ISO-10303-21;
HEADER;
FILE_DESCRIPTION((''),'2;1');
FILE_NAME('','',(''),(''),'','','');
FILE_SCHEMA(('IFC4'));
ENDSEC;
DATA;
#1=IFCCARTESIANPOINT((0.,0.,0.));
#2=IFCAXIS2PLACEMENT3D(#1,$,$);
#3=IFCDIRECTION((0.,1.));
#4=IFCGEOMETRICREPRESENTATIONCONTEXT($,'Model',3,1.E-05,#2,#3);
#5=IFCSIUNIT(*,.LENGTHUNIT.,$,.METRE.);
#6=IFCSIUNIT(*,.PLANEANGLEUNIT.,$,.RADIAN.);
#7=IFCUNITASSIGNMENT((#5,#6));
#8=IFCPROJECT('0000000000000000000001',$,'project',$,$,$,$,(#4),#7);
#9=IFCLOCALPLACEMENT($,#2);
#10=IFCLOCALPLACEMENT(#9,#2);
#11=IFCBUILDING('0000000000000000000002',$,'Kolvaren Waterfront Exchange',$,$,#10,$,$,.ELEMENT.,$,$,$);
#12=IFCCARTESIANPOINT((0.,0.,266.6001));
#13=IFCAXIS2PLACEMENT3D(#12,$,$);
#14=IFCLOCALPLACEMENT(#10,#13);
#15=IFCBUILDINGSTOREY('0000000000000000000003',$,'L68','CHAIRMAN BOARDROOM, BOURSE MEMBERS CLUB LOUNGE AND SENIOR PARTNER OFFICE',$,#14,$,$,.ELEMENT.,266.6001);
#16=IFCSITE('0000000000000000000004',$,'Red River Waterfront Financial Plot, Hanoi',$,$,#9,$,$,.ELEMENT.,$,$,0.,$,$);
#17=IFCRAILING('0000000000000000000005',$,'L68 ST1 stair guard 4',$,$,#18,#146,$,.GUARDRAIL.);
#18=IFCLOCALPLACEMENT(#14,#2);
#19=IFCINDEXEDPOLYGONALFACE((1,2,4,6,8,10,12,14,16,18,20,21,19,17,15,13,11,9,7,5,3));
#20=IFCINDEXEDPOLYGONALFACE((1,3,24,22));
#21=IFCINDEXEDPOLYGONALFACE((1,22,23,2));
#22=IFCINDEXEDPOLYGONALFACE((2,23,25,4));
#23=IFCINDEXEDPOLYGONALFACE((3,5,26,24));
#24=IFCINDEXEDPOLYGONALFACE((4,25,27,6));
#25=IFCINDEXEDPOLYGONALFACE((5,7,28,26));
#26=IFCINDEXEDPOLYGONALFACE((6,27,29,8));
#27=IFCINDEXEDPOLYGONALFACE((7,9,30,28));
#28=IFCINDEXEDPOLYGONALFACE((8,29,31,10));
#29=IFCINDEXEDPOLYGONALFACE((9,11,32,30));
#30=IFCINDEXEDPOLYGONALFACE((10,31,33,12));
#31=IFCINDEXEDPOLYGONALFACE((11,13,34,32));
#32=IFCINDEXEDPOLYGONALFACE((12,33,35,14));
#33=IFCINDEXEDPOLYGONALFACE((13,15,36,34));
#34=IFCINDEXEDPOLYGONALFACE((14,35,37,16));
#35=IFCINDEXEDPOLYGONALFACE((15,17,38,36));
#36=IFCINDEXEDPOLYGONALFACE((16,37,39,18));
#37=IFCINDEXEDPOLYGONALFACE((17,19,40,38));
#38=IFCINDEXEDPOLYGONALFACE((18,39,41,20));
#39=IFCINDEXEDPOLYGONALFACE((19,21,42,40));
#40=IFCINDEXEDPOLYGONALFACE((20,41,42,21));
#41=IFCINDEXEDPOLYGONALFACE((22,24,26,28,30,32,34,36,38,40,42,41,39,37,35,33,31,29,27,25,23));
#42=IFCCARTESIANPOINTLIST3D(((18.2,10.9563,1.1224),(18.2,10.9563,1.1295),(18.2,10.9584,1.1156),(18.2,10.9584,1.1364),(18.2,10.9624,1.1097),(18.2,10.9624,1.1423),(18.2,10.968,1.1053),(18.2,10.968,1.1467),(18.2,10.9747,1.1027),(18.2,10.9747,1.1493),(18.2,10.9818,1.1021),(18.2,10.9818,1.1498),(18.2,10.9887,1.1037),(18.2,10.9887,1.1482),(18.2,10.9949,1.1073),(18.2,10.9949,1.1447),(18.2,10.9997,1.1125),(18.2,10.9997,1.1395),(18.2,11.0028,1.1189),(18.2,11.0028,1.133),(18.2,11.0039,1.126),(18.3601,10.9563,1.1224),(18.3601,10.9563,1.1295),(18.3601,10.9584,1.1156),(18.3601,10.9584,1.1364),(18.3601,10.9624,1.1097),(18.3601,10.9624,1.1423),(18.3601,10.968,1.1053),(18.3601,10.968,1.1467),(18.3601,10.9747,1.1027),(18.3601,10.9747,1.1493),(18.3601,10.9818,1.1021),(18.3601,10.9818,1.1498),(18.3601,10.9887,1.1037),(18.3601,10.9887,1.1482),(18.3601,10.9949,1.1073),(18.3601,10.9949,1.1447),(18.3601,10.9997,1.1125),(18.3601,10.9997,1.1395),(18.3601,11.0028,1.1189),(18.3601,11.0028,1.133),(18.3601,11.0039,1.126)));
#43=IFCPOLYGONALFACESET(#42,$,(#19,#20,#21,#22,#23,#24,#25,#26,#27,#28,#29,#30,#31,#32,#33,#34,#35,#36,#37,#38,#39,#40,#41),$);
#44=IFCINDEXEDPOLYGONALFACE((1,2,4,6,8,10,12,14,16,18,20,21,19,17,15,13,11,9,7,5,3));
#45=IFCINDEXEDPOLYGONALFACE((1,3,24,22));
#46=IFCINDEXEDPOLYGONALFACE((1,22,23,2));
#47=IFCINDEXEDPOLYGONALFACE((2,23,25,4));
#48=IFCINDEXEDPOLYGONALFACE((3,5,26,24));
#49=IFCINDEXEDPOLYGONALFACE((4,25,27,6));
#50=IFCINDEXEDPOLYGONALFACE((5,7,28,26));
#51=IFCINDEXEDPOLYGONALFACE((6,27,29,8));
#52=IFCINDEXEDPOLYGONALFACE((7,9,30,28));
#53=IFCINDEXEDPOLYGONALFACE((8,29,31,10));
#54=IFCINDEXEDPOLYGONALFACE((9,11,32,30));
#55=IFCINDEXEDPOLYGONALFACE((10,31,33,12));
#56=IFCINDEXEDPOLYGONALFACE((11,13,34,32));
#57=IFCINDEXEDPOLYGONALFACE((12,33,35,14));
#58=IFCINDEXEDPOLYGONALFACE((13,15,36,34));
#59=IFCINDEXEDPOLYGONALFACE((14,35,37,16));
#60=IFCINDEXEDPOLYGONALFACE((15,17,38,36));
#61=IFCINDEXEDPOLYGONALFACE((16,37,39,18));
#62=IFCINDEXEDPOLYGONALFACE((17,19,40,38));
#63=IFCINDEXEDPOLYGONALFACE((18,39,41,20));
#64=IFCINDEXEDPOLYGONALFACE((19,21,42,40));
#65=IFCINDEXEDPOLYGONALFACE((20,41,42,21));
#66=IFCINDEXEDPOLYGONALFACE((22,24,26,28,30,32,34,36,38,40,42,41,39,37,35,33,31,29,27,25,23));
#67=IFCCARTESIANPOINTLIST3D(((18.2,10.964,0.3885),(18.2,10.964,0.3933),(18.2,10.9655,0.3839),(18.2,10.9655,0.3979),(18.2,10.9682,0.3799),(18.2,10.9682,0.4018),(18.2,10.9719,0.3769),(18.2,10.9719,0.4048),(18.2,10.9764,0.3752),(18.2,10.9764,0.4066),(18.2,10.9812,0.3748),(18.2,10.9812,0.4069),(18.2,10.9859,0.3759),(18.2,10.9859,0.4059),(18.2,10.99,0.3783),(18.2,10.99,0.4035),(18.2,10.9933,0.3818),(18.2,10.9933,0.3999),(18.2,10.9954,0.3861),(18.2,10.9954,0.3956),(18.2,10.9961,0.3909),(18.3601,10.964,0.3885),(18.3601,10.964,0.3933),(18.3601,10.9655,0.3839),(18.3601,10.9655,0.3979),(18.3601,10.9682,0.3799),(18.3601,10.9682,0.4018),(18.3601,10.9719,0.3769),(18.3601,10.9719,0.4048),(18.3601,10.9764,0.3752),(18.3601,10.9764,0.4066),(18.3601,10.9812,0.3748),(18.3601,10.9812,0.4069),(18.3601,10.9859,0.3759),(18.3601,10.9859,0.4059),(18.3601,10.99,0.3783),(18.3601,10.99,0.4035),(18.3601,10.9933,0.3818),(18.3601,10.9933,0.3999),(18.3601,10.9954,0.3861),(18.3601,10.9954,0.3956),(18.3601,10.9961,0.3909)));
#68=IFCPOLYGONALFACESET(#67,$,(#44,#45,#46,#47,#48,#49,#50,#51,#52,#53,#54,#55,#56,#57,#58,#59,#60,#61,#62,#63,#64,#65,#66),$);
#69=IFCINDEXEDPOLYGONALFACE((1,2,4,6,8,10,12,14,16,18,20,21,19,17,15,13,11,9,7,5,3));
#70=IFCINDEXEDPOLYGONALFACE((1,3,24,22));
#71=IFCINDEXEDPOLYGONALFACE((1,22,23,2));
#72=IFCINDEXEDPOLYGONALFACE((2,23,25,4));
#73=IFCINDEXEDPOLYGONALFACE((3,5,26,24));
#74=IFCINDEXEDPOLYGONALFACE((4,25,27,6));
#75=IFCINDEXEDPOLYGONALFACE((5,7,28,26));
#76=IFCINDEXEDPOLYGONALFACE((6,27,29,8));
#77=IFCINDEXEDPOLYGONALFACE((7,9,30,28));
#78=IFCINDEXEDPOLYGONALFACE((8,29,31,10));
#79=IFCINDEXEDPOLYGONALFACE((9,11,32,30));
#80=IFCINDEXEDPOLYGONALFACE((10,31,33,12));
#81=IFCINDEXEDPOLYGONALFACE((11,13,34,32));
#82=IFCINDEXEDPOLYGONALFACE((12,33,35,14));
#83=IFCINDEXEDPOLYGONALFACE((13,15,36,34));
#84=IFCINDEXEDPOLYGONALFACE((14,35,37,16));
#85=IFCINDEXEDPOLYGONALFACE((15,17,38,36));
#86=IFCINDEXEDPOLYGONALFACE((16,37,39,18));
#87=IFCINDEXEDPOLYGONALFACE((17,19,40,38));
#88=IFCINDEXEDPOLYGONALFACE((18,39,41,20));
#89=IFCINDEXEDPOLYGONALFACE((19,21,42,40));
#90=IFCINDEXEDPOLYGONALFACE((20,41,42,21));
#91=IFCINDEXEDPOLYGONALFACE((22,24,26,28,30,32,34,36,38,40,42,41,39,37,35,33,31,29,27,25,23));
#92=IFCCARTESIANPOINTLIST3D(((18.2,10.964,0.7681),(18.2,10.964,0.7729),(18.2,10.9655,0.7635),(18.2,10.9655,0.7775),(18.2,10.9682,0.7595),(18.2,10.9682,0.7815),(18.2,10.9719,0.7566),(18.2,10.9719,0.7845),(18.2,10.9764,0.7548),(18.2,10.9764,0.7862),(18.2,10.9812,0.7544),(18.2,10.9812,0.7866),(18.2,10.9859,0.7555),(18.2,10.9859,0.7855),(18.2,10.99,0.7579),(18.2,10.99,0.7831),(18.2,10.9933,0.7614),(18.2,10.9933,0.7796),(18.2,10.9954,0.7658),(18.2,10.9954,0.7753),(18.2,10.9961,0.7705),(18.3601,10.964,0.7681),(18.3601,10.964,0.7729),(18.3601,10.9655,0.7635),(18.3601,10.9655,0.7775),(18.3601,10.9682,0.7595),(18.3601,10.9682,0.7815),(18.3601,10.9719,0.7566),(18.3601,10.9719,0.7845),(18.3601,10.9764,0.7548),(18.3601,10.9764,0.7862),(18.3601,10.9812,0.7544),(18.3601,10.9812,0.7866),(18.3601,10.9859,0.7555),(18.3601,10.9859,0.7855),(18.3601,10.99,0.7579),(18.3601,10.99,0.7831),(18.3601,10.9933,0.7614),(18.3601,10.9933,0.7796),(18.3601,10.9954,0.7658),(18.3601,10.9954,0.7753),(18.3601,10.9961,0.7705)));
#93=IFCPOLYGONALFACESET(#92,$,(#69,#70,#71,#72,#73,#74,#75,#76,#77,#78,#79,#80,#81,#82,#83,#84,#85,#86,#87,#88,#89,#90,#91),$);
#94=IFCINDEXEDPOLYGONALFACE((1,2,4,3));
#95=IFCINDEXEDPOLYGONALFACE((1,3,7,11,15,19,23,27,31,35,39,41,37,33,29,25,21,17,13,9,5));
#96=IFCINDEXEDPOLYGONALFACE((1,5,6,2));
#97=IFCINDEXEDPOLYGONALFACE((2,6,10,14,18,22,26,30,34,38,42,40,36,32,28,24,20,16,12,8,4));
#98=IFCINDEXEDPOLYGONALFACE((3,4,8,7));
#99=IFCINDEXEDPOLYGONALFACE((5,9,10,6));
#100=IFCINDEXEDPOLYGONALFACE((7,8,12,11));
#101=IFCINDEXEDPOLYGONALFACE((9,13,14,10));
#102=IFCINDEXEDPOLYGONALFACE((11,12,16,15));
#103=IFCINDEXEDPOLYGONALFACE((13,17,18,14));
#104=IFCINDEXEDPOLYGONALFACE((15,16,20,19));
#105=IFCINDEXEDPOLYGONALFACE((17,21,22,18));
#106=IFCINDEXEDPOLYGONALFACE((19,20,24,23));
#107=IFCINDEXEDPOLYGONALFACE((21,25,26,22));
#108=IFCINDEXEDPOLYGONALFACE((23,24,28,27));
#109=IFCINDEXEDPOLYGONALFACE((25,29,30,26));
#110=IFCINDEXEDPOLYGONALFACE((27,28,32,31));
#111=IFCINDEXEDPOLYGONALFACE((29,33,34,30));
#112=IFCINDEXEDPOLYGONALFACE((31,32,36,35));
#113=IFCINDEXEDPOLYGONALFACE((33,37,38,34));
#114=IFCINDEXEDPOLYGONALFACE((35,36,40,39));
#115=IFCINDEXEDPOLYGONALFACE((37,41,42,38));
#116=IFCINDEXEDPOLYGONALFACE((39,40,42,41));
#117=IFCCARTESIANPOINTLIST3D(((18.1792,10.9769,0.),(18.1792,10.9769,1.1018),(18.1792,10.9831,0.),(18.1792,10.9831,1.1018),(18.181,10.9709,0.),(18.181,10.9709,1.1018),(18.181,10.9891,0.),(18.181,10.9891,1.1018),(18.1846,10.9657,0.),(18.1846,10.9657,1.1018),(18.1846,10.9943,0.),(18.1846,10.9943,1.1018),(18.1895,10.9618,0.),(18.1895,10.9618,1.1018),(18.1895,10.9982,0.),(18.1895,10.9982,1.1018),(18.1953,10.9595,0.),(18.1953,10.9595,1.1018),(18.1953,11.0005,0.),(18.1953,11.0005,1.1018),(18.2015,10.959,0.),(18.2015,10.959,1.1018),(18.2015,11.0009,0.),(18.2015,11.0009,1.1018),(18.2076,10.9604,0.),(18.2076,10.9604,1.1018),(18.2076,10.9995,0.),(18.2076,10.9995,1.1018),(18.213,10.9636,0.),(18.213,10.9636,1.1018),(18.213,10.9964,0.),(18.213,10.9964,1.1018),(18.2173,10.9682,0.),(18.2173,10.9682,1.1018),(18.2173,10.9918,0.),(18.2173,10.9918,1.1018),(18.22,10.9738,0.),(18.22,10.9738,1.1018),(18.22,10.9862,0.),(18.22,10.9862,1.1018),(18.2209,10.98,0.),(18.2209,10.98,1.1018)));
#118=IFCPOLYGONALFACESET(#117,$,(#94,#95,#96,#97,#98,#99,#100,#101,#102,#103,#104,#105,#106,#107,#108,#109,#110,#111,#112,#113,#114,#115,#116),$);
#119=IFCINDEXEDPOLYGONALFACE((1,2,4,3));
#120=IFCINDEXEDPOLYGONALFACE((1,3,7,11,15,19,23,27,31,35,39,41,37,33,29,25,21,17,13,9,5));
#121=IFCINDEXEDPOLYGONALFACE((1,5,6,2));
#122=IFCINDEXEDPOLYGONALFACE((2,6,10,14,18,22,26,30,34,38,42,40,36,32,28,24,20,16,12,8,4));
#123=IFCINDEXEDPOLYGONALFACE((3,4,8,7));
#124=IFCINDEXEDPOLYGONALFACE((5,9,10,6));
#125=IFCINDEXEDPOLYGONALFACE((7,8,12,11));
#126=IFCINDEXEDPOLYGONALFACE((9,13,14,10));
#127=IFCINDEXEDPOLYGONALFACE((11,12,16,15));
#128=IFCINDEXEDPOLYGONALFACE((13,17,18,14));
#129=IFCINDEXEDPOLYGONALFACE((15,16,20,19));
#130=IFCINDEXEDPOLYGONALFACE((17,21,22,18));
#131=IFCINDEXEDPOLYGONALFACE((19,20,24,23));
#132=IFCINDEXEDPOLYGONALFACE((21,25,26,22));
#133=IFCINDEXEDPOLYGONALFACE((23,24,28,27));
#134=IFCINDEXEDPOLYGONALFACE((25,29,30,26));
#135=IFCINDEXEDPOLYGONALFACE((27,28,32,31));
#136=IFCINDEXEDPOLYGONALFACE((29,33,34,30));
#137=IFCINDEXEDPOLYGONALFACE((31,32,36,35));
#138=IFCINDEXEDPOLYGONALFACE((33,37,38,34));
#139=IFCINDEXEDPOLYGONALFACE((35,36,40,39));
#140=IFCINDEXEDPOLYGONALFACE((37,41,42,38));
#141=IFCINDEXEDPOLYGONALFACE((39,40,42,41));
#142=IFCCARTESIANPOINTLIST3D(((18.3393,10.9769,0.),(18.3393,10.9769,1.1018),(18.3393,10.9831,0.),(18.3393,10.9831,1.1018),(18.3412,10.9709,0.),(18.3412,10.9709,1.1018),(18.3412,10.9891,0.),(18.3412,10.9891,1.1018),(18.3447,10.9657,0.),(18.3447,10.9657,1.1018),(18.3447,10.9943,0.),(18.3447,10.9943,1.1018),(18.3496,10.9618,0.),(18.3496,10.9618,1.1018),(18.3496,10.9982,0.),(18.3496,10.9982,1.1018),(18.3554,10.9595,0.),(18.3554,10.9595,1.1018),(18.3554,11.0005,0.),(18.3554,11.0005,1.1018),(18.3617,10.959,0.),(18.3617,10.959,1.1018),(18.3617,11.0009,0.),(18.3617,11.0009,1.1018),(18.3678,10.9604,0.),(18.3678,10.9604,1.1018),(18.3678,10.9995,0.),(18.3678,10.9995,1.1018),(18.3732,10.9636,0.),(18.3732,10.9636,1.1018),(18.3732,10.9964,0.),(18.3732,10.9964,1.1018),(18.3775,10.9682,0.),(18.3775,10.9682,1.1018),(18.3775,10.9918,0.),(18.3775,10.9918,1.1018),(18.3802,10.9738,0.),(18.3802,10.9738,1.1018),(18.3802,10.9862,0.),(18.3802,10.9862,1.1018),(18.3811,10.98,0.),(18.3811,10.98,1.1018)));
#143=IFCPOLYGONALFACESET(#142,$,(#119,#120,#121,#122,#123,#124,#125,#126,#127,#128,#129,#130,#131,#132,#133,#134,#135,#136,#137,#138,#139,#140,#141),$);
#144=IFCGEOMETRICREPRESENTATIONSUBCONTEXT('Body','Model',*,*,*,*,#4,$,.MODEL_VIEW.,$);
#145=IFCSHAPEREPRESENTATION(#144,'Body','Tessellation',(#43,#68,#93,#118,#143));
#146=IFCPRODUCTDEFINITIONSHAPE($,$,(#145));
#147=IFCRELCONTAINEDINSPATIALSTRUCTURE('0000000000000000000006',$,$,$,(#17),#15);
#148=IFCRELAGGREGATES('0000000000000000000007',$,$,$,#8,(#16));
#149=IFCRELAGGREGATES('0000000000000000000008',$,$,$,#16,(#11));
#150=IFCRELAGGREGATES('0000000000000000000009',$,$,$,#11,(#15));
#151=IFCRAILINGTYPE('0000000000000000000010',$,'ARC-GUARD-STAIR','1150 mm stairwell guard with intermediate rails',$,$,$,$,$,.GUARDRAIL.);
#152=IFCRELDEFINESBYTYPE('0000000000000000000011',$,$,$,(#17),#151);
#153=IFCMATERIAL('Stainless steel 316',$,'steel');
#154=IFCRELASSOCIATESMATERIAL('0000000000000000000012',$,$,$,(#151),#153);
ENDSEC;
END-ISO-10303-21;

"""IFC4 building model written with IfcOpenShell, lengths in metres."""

from ifc_helpers import new_model, si_unit, direction, frame, origin, origin_2d, place, context, subcontext, project, spatial, circle, extrude, material, type_object, element, save


model = new_model("IFC4")

# Units and contexts
model_context = context("Model", 3, precision=1e-05, world=origin(), true_north=direction((0.0, 1.0)))
body_context = subcontext(model_context, "Body", "Model", "MODEL_VIEW")
ifc_project = project(units=[si_unit("LENGTHUNIT", "METRE"), si_unit("PLANEANGLEUNIT", "RADIAN")], contexts=[model_context])

# Site, building, storey
site_placement = place(None, origin())
site = spatial("IfcSite", under=ifc_project, at=site_placement, Name="Red River Waterfront Financial Plot, Hanoi", CompositionType="ELEMENT", RefElevation=0.0)
building_placement = place(site_placement, origin())
building = spatial("IfcBuilding", under=site, at=building_placement, Name="Kolvaren Waterfront Exchange", CompositionType="ELEMENT")
storey_placement = place(building_placement, frame((0.0, 0.0, 266.6001)))
storey = spatial("IfcBuildingStorey", under=building, at=storey_placement, Name="L68", Description="CHAIRMAN BOARDROOM, BOURSE MEMBERS CLUB LOUNGE AND SENIOR PARTNER OFFICE", CompositionType="ELEMENT", Elevation=266.6001)

# Railing
ifc_material_1 = material(Name="Stainless steel 316", Category="steel")
railing_type_1 = type_object("IfcRailingType", Name="ARC-GUARD-STAIR", Description="1150 mm stairwell guard with intermediate rails", PredefinedType="GUARDRAIL", material=ifc_material_1)
railing_1_placement = place(storey_placement, frame((18.2, 10.98, 0.0)))
element("IfcRailing", 1, at=railing_1_placement, inside=storey, type_object=railing_type_1, Name="L68 ST1 stair guard 4", PredefinedType="GUARDRAIL", context=body_context, shape_type="SweptSolid", body=[
    extrude(circle(Radius=0.0239, at=origin_2d()), frame((0.0, 0.0, 1.126), z_axis=(1.0, 0.0, 0.0), x_axis=(0.0, 1.0, 0.0)), (0.0, 0.0, 1.0), 0.1602),
    extrude(circle(Radius=0.0161, at=origin_2d()), frame((0.0, 0.0, 0.3909), z_axis=(1.0, 0.0, 0.0), x_axis=(0.0, 1.0, 0.0)), (0.0, 0.0, 1.0), 0.1602),
    extrude(circle(Radius=0.0161, at=origin_2d()), frame((0.0, 0.0, 0.7705), z_axis=(1.0, 0.0, 0.0), x_axis=(0.0, 1.0, 0.0)), (0.0, 0.0, 1.0), 0.1602),
    extrude(circle(Radius=0.021, at=origin_2d()), origin(), (0.0, 0.0, 1.0), 1.1018),
    extrude(circle(Radius=0.021, at=origin_2d()), frame((0.1602, 0.0, 0.0)), (0.0, 0.0, 1.0), 1.1018),
])

save(model, "model.ifc")
